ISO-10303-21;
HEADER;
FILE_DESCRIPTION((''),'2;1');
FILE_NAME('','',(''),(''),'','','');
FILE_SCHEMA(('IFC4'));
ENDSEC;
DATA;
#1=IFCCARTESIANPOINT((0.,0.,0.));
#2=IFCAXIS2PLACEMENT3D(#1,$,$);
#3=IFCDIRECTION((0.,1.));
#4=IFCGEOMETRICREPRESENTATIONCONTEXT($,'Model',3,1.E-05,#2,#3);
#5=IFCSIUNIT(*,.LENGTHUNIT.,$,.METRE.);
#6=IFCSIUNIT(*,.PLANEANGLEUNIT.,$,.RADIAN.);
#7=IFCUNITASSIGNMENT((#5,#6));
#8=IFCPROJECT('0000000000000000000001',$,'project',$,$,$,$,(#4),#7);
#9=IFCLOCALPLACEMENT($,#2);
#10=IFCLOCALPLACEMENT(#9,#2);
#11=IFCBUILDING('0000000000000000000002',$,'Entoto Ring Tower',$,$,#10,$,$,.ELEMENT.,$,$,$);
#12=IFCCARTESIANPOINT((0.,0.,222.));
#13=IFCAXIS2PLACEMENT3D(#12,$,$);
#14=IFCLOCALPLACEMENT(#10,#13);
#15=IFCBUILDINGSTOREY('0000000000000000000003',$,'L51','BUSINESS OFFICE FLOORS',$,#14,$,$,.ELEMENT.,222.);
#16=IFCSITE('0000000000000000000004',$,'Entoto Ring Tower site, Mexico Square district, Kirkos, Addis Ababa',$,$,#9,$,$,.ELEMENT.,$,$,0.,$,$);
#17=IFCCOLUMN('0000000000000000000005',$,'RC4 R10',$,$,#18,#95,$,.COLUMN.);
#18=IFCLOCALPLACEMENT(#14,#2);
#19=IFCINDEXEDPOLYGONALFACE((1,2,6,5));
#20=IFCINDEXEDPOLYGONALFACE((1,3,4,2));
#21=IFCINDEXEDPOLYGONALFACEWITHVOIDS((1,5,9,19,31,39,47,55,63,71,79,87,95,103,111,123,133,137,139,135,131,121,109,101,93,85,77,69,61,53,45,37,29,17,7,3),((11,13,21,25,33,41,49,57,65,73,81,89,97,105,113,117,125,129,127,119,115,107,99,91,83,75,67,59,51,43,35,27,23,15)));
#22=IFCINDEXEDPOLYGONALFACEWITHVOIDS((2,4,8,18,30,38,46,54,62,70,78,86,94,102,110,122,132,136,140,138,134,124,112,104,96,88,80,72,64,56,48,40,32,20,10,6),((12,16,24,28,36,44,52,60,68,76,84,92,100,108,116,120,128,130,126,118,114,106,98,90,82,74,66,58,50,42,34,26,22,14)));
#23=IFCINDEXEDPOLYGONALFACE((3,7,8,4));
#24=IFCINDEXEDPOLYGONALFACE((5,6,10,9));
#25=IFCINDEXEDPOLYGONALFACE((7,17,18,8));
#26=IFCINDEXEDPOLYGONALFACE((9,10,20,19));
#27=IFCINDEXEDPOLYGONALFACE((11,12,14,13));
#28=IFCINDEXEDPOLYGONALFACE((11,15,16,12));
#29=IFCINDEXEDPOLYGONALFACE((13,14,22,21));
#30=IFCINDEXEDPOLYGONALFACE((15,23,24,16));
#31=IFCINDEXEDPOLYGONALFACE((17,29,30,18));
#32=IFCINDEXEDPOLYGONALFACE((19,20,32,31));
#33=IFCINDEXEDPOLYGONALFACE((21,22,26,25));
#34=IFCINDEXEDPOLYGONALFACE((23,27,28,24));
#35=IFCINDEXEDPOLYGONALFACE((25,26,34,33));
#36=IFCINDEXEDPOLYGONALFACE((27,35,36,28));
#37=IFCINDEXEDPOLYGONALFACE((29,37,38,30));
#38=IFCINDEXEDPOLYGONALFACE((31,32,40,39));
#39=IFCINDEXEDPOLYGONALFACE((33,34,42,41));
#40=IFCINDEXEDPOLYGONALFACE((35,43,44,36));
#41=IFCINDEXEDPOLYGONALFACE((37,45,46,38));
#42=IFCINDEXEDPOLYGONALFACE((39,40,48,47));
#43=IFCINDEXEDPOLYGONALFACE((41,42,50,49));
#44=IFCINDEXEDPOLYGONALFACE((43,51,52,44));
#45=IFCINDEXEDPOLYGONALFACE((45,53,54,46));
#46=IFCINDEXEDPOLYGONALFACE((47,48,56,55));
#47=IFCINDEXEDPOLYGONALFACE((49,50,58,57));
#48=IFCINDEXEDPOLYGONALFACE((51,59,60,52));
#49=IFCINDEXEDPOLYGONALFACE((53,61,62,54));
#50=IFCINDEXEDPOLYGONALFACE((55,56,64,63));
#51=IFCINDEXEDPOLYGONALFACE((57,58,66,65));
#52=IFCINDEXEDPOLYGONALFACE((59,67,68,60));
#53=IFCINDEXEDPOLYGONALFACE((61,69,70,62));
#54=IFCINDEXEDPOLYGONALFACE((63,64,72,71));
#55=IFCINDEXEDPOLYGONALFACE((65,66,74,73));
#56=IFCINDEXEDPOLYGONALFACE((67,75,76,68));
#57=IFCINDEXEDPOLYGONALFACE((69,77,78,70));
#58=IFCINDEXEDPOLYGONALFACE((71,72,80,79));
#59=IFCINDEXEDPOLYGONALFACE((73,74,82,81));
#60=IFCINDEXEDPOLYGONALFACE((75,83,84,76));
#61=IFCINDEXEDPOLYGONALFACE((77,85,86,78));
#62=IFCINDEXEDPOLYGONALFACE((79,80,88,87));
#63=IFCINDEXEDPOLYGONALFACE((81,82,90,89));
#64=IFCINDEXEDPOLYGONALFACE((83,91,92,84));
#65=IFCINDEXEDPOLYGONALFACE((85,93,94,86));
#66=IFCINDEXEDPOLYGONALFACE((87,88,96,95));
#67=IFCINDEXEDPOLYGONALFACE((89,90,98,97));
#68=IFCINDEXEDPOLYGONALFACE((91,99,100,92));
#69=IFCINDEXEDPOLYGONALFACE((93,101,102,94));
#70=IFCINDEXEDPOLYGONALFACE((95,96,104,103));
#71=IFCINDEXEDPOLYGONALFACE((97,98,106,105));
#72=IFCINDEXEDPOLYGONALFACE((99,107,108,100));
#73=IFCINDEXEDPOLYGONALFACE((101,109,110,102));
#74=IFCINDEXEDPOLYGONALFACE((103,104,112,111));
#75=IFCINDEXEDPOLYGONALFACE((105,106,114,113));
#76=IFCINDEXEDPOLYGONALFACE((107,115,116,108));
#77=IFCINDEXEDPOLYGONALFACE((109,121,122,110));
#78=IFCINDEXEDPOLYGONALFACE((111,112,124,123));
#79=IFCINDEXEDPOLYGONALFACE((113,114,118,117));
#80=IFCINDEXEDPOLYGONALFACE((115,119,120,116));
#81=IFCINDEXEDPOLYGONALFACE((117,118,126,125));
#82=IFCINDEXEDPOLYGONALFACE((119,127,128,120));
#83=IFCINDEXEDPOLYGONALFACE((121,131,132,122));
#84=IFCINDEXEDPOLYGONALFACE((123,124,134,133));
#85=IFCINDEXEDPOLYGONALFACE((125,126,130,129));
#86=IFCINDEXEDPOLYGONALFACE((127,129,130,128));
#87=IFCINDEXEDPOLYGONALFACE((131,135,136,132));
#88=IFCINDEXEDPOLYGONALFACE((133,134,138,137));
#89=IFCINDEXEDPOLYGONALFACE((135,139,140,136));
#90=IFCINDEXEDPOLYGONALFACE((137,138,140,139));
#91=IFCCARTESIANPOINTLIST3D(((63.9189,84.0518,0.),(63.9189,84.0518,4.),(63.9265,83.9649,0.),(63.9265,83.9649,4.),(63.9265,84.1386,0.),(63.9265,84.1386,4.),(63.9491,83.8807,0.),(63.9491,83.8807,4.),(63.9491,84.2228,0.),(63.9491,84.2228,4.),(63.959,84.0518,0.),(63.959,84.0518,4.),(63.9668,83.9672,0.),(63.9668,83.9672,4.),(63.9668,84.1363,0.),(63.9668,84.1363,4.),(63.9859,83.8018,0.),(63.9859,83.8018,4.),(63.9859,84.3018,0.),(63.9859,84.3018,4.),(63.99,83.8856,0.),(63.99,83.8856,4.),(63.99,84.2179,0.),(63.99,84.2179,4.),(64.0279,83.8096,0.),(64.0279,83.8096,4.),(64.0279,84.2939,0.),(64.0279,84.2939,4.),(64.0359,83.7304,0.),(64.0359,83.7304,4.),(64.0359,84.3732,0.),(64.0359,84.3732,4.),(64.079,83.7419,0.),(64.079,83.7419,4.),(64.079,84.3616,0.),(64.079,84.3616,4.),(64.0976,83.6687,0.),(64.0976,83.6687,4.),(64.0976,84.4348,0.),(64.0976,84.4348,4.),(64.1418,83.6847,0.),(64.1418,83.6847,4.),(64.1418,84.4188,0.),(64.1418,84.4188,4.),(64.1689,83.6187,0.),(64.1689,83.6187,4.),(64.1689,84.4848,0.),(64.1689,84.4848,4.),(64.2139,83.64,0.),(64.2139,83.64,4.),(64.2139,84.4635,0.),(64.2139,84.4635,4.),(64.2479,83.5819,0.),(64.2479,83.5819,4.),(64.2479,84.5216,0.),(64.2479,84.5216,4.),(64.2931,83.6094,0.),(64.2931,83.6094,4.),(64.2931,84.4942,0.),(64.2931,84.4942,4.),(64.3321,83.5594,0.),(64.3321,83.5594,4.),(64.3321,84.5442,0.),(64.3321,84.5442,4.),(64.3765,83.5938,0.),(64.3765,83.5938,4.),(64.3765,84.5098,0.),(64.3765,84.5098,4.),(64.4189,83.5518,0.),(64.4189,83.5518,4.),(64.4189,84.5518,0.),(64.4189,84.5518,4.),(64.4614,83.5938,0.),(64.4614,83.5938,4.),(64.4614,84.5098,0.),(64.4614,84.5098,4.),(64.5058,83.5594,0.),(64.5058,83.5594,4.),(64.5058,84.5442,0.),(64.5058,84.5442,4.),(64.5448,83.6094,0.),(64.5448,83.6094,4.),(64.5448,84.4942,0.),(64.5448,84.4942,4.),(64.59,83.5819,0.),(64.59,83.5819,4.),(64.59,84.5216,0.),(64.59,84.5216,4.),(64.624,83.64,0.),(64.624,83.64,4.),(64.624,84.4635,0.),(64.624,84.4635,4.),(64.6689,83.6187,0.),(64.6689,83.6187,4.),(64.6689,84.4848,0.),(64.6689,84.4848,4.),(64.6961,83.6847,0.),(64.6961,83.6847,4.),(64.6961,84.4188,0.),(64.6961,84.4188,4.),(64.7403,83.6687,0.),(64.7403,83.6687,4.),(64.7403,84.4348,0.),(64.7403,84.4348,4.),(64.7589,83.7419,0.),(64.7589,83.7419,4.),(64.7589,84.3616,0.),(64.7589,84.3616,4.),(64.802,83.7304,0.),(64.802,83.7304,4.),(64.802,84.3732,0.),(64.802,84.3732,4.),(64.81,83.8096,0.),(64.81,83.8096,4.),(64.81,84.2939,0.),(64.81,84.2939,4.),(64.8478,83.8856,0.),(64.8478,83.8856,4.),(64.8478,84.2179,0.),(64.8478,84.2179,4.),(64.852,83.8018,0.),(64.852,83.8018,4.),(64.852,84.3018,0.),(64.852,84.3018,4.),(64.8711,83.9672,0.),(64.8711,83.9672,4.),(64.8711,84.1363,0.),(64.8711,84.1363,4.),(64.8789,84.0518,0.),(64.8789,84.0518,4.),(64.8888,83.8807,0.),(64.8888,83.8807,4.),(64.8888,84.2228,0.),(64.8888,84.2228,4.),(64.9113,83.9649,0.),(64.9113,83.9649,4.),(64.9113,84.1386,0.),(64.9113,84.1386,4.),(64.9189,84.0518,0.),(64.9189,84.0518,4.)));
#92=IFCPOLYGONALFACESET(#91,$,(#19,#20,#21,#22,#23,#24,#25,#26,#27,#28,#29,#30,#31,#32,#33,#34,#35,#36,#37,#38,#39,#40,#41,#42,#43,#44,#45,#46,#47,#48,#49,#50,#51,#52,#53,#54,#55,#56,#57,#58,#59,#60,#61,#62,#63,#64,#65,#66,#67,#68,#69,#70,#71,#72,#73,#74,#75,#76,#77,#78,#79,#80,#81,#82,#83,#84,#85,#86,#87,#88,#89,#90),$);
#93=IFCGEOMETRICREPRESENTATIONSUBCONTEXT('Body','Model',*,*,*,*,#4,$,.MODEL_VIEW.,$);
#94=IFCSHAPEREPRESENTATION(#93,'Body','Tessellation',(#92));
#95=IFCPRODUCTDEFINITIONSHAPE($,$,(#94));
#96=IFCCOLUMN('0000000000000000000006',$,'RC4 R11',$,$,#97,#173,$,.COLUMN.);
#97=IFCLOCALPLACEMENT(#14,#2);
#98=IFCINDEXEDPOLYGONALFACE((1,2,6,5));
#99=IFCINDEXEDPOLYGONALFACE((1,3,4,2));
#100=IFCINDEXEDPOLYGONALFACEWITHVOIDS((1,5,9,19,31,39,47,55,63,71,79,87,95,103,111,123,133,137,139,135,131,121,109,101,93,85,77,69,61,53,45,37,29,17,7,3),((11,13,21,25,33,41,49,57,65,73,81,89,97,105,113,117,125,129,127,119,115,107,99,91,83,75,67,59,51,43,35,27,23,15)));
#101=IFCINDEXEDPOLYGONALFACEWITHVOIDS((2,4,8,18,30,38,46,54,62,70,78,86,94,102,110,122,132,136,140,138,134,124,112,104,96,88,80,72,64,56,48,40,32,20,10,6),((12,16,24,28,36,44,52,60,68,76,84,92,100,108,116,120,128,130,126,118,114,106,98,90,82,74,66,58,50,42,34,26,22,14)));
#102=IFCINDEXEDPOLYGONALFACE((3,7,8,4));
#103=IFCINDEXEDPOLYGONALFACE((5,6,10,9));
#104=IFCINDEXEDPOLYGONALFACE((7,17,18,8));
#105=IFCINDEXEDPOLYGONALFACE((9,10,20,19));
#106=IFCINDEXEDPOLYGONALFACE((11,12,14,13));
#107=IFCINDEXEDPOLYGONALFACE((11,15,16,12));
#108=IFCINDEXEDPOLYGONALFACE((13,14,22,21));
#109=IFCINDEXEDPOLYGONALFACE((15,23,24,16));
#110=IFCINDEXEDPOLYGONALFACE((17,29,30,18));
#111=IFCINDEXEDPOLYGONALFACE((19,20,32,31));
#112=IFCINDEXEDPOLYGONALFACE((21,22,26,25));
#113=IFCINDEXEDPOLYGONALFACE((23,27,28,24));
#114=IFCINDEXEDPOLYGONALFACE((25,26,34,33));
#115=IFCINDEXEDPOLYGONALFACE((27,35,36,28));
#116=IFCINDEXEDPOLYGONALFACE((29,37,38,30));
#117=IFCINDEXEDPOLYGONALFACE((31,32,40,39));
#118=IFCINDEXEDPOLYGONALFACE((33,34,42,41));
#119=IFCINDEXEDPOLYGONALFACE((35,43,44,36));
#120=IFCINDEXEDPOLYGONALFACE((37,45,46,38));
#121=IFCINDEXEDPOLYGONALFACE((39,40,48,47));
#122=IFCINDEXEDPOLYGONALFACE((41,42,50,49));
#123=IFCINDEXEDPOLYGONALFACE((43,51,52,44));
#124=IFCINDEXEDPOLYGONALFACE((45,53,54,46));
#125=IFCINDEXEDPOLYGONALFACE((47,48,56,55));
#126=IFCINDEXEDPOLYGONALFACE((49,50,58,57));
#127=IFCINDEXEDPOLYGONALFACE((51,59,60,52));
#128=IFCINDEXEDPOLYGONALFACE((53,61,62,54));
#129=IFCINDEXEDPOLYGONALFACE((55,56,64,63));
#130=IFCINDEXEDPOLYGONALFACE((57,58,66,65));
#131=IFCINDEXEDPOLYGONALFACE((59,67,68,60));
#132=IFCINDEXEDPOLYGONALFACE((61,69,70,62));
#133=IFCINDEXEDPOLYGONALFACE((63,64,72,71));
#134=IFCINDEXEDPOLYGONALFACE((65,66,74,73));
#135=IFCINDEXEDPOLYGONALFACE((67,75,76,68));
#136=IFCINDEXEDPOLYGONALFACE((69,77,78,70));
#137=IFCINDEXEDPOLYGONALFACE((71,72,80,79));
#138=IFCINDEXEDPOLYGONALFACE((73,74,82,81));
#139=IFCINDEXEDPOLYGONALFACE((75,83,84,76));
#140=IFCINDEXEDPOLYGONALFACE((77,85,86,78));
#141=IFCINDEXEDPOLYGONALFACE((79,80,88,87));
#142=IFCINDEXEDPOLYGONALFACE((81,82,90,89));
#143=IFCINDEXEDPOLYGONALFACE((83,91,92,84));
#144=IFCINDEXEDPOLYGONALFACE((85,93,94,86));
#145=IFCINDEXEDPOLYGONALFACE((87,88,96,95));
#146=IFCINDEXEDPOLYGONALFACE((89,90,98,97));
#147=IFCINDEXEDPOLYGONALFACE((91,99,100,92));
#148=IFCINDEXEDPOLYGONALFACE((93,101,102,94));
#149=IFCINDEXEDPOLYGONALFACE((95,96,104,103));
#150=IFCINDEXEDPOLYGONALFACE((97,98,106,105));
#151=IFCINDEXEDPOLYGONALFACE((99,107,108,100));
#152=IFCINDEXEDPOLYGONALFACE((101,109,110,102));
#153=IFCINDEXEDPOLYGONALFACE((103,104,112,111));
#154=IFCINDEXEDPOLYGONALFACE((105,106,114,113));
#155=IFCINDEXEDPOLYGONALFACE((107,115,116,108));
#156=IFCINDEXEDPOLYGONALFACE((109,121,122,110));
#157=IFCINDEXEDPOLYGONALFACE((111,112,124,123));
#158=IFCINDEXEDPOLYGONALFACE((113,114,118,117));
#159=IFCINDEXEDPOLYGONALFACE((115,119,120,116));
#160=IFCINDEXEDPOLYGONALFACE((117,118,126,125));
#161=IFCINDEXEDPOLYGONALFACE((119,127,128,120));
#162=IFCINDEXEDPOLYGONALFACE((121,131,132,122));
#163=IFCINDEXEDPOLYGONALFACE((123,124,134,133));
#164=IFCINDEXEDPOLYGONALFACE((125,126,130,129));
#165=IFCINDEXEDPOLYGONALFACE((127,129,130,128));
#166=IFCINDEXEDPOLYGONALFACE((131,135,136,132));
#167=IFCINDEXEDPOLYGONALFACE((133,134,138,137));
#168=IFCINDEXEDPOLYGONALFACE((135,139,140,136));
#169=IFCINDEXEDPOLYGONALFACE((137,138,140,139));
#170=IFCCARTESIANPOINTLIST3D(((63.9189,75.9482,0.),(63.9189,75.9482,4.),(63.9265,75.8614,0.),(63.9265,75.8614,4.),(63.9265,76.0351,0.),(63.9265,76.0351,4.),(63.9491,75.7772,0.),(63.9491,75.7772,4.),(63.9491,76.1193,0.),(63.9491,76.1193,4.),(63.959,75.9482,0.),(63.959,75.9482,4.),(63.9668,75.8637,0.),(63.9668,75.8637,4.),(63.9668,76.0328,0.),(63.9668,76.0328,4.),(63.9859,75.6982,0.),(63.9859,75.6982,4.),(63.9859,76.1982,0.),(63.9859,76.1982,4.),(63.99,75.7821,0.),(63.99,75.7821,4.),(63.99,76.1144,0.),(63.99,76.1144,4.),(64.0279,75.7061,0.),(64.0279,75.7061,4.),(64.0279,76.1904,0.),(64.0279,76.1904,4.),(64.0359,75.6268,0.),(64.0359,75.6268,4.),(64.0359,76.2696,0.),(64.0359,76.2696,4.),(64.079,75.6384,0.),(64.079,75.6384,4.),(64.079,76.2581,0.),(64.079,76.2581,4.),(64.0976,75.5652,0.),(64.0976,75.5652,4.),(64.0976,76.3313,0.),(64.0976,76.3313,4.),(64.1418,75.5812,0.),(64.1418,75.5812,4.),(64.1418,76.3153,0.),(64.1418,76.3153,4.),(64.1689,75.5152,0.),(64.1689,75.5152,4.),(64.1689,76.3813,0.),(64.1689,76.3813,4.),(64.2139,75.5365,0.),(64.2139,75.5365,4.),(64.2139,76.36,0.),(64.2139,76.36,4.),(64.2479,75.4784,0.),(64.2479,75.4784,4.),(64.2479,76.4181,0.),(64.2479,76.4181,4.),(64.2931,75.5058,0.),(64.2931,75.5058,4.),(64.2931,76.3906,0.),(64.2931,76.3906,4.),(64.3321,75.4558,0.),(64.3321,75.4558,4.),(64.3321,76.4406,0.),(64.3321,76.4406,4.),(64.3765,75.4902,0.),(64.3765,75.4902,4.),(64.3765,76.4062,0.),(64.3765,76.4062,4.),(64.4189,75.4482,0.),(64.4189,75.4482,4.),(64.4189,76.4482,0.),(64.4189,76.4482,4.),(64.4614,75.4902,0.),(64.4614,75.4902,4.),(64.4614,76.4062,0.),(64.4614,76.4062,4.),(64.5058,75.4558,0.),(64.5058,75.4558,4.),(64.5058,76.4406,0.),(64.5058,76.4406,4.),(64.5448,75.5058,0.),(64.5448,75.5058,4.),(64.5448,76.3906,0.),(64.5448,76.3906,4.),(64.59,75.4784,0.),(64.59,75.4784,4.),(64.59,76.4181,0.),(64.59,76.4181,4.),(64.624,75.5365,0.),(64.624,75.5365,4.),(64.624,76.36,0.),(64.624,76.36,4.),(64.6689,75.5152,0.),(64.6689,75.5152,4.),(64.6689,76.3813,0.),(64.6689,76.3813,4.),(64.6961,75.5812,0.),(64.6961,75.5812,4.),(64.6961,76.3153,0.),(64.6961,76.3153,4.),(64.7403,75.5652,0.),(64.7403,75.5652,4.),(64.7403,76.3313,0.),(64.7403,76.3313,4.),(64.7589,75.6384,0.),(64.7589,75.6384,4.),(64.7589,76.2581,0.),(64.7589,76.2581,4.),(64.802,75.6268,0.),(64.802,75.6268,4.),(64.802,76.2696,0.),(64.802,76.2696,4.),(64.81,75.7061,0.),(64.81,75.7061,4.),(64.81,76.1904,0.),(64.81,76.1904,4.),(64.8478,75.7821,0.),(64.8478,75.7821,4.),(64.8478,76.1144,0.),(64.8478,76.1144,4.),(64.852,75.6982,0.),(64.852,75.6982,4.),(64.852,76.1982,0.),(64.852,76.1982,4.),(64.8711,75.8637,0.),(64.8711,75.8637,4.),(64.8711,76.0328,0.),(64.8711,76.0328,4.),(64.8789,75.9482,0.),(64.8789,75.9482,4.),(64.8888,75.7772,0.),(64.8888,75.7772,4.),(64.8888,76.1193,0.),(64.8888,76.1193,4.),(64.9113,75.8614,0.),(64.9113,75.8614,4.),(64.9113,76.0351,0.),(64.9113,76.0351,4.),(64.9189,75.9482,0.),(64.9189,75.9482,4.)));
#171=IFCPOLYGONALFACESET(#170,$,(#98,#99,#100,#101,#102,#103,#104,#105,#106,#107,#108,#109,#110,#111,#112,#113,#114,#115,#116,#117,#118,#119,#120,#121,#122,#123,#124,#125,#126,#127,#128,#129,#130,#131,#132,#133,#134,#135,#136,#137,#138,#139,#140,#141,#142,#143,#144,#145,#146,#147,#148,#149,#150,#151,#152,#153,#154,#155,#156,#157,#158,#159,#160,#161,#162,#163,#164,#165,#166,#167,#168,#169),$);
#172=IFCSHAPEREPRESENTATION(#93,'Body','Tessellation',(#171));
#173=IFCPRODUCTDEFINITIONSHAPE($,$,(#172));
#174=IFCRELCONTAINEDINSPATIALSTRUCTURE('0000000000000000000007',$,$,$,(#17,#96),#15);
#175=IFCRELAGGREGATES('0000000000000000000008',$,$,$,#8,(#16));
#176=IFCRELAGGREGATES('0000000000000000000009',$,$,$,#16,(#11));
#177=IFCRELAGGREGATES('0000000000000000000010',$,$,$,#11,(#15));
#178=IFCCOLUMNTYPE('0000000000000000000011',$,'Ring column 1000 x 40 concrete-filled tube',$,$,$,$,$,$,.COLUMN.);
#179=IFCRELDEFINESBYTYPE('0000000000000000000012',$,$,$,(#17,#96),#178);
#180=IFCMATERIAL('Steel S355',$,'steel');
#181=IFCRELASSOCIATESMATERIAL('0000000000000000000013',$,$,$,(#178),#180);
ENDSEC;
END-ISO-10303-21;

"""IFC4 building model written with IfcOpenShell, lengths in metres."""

from ifc_helpers import new_model, si_unit, direction, frame, origin, origin_2d, place, context, subcontext, project, spatial, circle, hollow_circle, extrude, material, material_profile, profile_set, type_object, element, save


model = new_model("IFC4")

# Units and contexts
model_context = context("Model", 3, precision=1e-05, world=origin(), true_north=direction((0.0, 1.0)))
body_context = subcontext(model_context, "Body", "Model", "MODEL_VIEW")
ifc_project = project(units=[si_unit("LENGTHUNIT", "METRE"), si_unit("PLANEANGLEUNIT", "RADIAN")], contexts=[model_context])

# Site, building, storey
site_placement = place(None, origin())
site = spatial("IfcSite", under=ifc_project, at=site_placement, Name="Entoto Ring Tower site, Mexico Square district, Kirkos, Addis Ababa", CompositionType="ELEMENT", RefElevation=0.0)
building_placement = place(site_placement, origin())
building = spatial("IfcBuilding", under=site, at=building_placement, Name="Entoto Ring Tower", CompositionType="ELEMENT")
storey_placement = place(building_placement, frame((0.0, 0.0, 222.0)))
storey = spatial("IfcBuildingStorey", under=building, at=storey_placement, Name="L51", Description="BUSINESS OFFICE FLOORS", CompositionType="ELEMENT", Elevation=222.0)

# Columns
ifc_material_1 = material(Name="Steel S355", Category="steel")
ifc_material_profile_1 = material_profile(ifc_material_1, hollow_circle(Radius=0.5, WallThickness=0.04, at=origin_2d()), Name="CHS 1000 x 40")
ifc_material_2 = material(Name="Concrete C60/75", Category="concrete")
ifc_material_profile_2 = material_profile(ifc_material_2, circle(Radius=0.46, at=origin_2d()), Name="Concrete C60/75 infill")
ifc_profile_set_1 = profile_set([ifc_material_profile_1, ifc_material_profile_2], Name="Steel S355")
column_type = type_object("IfcColumnType", Name="Ring column 1000 x 40 concrete-filled tube", PredefinedType="COLUMN", material=ifc_profile_set_1)
for number, where, z_axis, x_axis, name in (
    (1, (64.4189, 84.0518, 0.0), (0.0, 0.0, 1.0), (1.0, 0.0, 0.0), "RC4 R10"),
    (2, (64.4189, 75.9482, 0.0), (0.0, 0.0, 1.0), (1.0, 0.0, 0.0), "RC4 R11"),
):
    element("IfcColumn", number, at=place(storey_placement, frame(where, z_axis=z_axis, x_axis=x_axis)), inside=storey, type_object=column_type, Name=name, PredefinedType="COLUMN", context=body_context, shape_type="SweptSolid", body=[
        extrude(hollow_circle(Radius=0.5, WallThickness=0.04, at=origin_2d()), origin(), (0.0, 0.0, 1.0), 4.0),
    ])

save(model, "model.ifc")
